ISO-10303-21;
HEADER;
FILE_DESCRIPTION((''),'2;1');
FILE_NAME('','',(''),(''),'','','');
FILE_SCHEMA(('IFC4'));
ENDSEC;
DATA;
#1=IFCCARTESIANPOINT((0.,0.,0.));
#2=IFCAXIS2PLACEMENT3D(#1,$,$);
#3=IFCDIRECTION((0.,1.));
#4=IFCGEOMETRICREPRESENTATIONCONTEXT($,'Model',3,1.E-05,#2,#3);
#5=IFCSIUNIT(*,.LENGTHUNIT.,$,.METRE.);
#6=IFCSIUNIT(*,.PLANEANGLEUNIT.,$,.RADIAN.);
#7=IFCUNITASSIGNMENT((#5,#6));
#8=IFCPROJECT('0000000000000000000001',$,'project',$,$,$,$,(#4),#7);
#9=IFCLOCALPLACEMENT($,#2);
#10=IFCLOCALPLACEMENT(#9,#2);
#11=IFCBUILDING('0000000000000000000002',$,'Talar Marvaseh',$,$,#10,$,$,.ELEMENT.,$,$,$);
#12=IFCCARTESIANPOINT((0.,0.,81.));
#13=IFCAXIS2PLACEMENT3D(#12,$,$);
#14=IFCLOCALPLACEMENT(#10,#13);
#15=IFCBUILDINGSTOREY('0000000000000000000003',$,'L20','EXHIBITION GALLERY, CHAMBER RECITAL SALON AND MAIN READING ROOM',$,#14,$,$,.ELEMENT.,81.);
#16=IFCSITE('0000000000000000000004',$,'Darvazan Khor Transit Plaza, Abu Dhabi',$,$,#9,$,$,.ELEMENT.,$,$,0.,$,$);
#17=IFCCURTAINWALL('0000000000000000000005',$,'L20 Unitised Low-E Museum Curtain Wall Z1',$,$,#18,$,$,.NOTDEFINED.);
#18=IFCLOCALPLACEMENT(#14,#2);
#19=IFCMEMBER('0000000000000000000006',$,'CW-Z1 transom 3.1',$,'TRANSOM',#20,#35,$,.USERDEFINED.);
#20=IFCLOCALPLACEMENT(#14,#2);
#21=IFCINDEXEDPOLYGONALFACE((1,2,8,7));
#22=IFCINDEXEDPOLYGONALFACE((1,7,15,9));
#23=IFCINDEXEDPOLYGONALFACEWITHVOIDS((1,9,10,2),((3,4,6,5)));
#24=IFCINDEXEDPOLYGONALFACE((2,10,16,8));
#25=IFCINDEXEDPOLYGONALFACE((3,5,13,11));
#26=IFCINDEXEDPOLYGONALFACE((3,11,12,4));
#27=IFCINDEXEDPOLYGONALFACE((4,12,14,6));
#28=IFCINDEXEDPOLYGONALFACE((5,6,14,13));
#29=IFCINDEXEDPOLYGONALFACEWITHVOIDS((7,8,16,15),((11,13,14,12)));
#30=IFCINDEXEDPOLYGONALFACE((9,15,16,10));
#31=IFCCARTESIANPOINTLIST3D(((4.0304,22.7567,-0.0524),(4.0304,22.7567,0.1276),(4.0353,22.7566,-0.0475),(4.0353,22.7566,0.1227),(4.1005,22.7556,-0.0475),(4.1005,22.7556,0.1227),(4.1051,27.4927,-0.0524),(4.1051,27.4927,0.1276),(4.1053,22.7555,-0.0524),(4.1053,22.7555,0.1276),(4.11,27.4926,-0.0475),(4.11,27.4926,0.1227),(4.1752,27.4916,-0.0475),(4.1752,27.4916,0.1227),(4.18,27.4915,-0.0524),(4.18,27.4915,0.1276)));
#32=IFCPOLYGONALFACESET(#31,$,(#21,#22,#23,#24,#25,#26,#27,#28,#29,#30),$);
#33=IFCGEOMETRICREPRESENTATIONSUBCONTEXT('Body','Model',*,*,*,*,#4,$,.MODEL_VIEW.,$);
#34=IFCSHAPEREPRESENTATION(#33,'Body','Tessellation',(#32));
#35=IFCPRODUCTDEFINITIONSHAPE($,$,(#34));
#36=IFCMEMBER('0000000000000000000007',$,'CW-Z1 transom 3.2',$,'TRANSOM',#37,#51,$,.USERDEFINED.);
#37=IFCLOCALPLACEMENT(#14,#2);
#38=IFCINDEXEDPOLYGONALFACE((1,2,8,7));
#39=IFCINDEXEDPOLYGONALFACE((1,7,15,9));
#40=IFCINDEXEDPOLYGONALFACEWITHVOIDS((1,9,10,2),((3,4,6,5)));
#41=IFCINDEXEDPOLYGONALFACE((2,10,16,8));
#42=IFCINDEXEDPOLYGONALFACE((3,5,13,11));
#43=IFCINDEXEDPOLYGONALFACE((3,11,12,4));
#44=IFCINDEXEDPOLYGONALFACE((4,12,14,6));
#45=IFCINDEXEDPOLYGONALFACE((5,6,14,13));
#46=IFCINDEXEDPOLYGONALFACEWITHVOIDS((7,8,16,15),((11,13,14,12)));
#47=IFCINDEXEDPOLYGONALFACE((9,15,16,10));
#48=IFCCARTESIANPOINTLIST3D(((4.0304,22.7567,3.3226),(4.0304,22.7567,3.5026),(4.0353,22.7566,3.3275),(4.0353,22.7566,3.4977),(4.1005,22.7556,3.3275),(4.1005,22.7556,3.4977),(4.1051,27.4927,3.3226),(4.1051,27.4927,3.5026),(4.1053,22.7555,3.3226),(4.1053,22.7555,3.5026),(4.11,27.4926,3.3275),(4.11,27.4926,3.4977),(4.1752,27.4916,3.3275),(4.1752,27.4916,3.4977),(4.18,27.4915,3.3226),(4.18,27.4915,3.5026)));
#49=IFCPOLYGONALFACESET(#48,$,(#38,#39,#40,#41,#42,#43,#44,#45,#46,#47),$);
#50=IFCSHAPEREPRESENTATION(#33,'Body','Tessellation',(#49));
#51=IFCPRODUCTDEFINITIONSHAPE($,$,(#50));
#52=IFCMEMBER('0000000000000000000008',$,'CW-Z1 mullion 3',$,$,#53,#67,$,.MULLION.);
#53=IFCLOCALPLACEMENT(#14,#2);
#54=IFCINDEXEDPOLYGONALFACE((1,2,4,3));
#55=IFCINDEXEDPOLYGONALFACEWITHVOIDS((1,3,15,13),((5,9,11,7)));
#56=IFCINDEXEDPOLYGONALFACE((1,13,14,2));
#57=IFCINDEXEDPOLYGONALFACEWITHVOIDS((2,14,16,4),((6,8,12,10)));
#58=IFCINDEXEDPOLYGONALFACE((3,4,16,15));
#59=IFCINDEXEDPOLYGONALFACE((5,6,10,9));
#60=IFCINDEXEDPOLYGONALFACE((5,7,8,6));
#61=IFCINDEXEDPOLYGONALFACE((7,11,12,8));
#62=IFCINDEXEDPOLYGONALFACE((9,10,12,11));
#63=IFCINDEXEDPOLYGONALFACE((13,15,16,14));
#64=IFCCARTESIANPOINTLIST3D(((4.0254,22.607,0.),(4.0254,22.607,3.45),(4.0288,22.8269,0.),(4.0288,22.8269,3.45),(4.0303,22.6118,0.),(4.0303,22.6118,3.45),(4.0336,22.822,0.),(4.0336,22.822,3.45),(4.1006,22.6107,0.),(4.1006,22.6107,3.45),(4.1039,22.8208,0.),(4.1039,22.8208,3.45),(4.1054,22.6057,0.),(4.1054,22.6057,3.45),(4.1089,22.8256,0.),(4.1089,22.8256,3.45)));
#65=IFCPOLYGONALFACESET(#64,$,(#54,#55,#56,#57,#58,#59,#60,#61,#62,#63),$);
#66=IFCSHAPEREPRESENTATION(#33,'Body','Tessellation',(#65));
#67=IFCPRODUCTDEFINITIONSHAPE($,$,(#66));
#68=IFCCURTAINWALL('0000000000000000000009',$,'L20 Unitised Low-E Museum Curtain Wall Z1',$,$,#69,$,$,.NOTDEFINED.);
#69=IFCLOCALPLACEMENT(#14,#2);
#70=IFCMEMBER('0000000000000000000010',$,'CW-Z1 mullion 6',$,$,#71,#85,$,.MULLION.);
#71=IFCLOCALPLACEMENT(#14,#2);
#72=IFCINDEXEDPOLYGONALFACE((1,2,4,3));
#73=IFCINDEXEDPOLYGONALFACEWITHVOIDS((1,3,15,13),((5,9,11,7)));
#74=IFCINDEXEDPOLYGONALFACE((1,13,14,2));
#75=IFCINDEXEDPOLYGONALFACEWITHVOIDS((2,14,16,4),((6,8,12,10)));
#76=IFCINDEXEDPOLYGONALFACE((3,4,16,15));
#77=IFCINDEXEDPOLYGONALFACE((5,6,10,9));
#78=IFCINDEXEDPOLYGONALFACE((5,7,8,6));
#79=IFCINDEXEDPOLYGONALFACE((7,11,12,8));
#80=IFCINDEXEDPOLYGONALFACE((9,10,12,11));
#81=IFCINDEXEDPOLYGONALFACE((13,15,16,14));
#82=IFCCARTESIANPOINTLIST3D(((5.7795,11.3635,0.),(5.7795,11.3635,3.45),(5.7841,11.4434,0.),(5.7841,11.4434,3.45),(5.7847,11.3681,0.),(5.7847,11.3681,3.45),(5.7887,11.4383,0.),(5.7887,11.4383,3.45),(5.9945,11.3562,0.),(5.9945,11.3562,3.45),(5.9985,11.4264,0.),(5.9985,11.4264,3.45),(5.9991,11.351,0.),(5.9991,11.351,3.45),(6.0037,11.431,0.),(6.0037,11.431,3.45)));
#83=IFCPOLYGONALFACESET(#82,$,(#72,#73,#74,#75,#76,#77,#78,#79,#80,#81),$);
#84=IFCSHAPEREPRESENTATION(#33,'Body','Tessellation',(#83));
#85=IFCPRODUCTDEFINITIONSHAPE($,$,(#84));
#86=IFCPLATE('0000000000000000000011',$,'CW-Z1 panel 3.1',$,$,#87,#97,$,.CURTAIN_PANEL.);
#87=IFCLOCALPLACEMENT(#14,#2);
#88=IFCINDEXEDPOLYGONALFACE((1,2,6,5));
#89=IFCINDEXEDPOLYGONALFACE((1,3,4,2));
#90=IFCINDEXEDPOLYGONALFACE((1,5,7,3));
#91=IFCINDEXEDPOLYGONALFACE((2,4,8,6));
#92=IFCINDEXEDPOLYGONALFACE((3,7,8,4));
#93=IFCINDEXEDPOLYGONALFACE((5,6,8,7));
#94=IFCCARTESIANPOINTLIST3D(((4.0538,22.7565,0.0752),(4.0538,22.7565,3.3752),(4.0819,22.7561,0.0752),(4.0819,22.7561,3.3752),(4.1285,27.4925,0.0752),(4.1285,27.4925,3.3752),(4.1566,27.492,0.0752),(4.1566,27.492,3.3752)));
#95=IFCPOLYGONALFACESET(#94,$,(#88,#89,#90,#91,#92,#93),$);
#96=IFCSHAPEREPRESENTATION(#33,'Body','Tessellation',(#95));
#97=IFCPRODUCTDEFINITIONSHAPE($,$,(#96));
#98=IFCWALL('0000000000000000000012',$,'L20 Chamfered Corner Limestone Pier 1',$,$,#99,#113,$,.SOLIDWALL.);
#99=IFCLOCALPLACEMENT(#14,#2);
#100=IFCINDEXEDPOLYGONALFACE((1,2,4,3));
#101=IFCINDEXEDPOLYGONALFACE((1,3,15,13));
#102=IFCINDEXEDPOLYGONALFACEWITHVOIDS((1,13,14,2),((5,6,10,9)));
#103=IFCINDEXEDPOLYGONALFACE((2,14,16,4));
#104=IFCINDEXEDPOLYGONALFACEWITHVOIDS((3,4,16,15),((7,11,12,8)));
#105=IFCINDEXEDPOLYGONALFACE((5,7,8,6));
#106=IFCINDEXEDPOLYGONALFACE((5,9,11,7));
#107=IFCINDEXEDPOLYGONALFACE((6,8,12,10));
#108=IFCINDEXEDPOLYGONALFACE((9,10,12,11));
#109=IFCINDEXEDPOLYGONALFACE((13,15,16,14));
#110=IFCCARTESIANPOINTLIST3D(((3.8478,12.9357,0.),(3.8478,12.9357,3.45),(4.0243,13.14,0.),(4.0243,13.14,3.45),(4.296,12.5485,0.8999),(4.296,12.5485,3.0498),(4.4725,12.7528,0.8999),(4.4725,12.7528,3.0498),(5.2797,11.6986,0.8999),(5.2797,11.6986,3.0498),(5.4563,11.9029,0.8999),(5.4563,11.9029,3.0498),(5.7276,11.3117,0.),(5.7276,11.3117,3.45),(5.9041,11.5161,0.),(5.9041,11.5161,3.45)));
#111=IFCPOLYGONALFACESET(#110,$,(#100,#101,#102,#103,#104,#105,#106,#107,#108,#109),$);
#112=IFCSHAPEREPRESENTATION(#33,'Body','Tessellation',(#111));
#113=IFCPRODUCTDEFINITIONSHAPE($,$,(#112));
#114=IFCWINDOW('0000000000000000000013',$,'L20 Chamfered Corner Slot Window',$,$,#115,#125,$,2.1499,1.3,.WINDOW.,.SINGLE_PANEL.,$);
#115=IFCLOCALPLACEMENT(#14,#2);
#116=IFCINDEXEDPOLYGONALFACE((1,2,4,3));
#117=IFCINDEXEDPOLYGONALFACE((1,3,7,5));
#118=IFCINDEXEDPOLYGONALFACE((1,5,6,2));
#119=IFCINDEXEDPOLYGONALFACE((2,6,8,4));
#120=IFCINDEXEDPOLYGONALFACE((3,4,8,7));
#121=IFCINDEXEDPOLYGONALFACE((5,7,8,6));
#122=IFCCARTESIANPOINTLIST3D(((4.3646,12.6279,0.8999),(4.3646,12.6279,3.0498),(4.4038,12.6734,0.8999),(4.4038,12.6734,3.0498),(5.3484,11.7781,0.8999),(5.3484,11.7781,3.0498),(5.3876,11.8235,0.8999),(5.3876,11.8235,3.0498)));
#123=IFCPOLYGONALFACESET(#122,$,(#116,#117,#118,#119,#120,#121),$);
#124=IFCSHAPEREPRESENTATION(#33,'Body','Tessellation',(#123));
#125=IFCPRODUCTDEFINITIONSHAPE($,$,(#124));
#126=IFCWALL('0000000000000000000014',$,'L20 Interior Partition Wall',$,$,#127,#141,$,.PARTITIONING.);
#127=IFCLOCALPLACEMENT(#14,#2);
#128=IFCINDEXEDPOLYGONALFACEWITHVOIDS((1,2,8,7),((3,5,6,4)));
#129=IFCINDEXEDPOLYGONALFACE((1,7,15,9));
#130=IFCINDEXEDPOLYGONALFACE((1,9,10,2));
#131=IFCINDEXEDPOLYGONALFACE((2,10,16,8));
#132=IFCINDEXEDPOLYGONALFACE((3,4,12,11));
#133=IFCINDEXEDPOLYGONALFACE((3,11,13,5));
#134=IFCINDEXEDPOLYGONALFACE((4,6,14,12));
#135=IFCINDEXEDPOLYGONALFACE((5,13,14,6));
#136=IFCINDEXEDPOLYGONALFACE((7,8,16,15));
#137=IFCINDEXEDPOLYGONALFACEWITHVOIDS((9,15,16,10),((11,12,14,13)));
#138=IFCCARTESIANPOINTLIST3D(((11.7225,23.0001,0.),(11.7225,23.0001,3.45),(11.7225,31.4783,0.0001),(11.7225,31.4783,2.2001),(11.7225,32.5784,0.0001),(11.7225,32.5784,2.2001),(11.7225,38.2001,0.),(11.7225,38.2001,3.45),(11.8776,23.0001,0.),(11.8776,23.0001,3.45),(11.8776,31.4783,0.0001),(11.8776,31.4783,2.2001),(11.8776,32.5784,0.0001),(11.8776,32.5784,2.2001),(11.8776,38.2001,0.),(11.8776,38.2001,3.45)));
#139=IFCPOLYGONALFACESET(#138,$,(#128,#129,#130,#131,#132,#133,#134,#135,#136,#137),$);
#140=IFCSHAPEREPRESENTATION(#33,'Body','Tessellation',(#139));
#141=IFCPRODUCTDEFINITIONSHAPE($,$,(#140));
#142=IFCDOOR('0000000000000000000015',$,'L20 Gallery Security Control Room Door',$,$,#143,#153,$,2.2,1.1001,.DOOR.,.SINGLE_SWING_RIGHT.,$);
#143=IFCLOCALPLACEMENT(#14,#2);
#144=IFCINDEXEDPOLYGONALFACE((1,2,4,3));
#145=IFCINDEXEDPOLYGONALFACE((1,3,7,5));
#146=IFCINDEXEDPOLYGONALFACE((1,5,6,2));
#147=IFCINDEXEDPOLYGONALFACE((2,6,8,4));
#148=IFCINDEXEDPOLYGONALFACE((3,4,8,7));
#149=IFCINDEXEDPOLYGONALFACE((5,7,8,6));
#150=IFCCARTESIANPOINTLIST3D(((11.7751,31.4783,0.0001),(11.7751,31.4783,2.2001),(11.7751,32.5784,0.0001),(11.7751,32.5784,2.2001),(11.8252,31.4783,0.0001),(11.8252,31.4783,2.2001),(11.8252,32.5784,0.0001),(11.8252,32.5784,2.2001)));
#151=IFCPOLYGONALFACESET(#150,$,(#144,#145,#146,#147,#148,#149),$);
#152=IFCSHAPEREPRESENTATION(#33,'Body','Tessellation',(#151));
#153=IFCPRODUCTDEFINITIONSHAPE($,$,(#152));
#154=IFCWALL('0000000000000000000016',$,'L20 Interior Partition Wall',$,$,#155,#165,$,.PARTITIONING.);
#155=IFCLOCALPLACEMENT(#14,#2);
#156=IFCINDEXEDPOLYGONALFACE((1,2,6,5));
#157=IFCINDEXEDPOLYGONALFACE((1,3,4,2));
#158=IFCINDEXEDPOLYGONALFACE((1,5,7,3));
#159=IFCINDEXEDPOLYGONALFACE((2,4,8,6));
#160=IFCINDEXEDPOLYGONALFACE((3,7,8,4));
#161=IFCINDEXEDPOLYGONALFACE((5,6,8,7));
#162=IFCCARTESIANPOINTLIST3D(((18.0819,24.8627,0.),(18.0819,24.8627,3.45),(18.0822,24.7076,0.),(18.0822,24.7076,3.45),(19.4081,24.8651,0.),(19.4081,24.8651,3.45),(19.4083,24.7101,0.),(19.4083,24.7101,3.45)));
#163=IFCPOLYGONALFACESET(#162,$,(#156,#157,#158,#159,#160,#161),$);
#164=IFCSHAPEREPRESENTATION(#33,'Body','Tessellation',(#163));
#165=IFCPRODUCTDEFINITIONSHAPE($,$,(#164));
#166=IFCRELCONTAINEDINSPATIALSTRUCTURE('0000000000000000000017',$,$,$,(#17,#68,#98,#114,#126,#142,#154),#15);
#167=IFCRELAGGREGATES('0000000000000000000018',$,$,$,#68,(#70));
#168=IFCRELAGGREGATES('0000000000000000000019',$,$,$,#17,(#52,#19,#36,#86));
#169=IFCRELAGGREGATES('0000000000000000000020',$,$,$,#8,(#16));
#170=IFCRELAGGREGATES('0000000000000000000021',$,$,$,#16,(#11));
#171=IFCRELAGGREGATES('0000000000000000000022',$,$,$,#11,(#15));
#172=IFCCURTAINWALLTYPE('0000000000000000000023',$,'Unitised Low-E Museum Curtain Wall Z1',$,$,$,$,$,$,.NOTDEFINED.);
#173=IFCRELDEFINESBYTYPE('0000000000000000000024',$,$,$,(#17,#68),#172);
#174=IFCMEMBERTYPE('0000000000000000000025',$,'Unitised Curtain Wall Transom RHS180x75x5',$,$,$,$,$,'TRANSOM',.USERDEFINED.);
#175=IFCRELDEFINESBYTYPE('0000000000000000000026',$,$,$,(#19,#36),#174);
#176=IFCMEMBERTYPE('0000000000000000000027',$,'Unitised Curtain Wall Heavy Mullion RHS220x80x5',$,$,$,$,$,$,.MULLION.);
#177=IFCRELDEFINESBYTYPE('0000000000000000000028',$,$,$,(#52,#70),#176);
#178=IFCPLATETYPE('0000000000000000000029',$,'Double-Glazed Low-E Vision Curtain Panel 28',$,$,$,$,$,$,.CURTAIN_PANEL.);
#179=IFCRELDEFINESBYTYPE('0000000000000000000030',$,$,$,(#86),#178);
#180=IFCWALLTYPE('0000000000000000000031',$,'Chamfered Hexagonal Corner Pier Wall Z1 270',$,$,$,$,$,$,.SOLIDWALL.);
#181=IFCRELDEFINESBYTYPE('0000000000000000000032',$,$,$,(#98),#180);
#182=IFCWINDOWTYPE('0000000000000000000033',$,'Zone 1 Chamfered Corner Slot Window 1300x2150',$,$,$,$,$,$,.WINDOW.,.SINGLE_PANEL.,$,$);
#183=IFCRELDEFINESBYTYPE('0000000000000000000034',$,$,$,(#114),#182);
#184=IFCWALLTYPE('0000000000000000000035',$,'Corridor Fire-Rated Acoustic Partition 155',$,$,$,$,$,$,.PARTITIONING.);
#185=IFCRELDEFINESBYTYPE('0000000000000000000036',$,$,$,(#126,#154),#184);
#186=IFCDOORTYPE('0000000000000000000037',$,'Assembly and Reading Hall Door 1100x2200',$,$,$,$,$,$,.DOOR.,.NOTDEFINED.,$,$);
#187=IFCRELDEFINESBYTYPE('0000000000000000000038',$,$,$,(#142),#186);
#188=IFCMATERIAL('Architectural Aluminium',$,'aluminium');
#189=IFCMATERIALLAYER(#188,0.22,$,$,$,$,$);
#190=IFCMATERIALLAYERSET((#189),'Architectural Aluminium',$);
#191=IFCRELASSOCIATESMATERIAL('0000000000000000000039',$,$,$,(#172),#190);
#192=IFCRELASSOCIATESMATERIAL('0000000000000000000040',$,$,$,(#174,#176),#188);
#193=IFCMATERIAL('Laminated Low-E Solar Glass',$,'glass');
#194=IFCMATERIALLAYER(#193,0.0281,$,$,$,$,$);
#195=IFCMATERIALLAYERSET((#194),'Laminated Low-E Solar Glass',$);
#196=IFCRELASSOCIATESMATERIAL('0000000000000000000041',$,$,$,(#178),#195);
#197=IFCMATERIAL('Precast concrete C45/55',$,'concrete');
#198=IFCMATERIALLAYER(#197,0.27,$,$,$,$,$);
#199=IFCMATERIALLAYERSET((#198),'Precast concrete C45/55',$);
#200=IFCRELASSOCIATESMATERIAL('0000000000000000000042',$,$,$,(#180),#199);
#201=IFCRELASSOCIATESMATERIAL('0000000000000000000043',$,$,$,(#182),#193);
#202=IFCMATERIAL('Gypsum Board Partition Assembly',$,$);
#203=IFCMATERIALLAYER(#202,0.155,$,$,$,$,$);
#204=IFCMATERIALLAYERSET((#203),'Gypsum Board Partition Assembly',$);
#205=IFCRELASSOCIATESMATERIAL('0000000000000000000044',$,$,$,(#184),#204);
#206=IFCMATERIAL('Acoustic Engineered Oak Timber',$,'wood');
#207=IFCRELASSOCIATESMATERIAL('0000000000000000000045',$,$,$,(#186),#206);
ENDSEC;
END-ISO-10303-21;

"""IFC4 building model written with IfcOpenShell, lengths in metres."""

from ifc_helpers import new_model, si_unit, direction, frame, frame_2d, origin, origin_2d, place, context, subcontext, project, spatial, rectangle, hollow_rectangle, extrude, source, transform, mapped, material, layer, layer_set, material_profile, profile_set, type_object, type_shapes, element, fill, aggregate, save


model = new_model("IFC4")

# Units and contexts
model_context = context("Model", 3, precision=1e-05, world=origin(), true_north=direction((0.0, 1.0)))
body_context = subcontext(model_context, "Body", "Model", "MODEL_VIEW")
ifc_project = project(units=[si_unit("LENGTHUNIT", "METRE"), si_unit("PLANEANGLEUNIT", "RADIAN")], contexts=[model_context])

# Site, building, storey
site_placement = place(None, origin())
site = spatial("IfcSite", under=ifc_project, at=site_placement, Name="Darvazan Khor Transit Plaza, Abu Dhabi", CompositionType="ELEMENT", RefElevation=0.0)
building_placement = place(site_placement, origin())
building = spatial("IfcBuilding", under=site, at=building_placement, Name="Talar Marvaseh", CompositionType="ELEMENT")
storey_placement = place(building_placement, frame((0.0, 0.0, 81.0)))
storey = spatial("IfcBuildingStorey", under=building, at=storey_placement, Name="L20", Description="EXHIBITION GALLERY, CHAMBER RECITAL SALON AND MAIN READING ROOM", CompositionType="ELEMENT", Elevation=81.0)

# Curtain wall, members
ifc_material_1 = material(Name="Architectural Aluminium", Category="aluminium")
ifc_layer_1 = layer(ifc_material_1, 0.22)
ifc_layer_set_1 = layer_set([ifc_layer_1], Name="Architectural Aluminium")
curtain_wall_type = type_object("IfcCurtainWallType", Name="Unitised Low-E Museum Curtain Wall Z1", PredefinedType="NOTDEFINED", material=ifc_layer_set_1)
curtain_wall_1_placement = place(storey_placement, origin())
curtain_wall_1 = element("IfcCurtainWall", 1, at=curtain_wall_1_placement, inside=storey, type_object=curtain_wall_type, Name="L20 Unitised Low-E Museum Curtain Wall Z1", PredefinedType="NOTDEFINED")
ifc_material_profile_1 = material_profile(ifc_material_1, hollow_rectangle(XDim=0.075, YDim=0.1799, WallThickness=0.0049, at=origin_2d()), Name="RHS180x75x5")
ifc_profile_set_1 = profile_set([ifc_material_profile_1], Name="Architectural Aluminium")
member_type_1 = type_object("IfcMemberType", Name="Unitised Curtain Wall Transom RHS180x75x5", ElementType="TRANSOM", PredefinedType="USERDEFINED", material=ifc_profile_set_1)
shared_shape_1 = source(origin(), body_context, "Body", "SweptSolid", [
    extrude(hollow_rectangle(XDim=0.075, YDim=0.1799, WallThickness=0.0049, at=origin_2d()), origin(), (0.0, 0.0, 1.0), 4.7366),
])
type_shapes(member_type_1, [shared_shape_1])
member_1_placement = place(storey_placement, frame((4.0679, 22.7561, 0.0376), z_axis=(0.015772, 0.999876, 0.0), x_axis=(-0.999876, 0.015772, 0.0)))
member_1 = element("IfcMember", 2, at=member_1_placement, type_object=member_type_1, Name="CW-Z1 transom 3.1", ObjectType="TRANSOM", PredefinedType="USERDEFINED", context=body_context, shape_type="MappedRepresentation", body=[
    mapped(shared_shape_1, transform((0.0, 0.0, 0.0), x_axis=(1.0, 0.0, 0.0), y_axis=(0.0, 1.0, 0.0), z_axis=(0.0, 0.0, 1.0), scale=1.0)),
])
member_2_placement = place(storey_placement, frame((4.0679, 22.7561, 3.4126), z_axis=(0.015772, 0.999876, 0.0), x_axis=(-0.999876, 0.015772, 0.0)))
member_2 = element("IfcMember", 3, at=member_2_placement, type_object=member_type_1, Name="CW-Z1 transom 3.2", ObjectType="TRANSOM", PredefinedType="USERDEFINED", context=body_context, shape_type="MappedRepresentation", body=[
    mapped(shared_shape_1, transform((0.0, 0.0, 0.0), x_axis=(1.0, 0.0, 0.0), y_axis=(0.0, 1.0, 0.0), z_axis=(0.0, 0.0, 1.0), scale=1.0)),
])
ifc_material_profile_2 = material_profile(ifc_material_1, hollow_rectangle(XDim=0.0801, YDim=0.22, WallThickness=0.0049, at=origin_2d()), Name="RHS220x80x5")
ifc_profile_set_2 = profile_set([ifc_material_profile_2], Name="Architectural Aluminium")
member_type_2 = type_object("IfcMemberType", Name="Unitised Curtain Wall Heavy Mullion RHS220x80x5", PredefinedType="MULLION", material=ifc_profile_set_2)
shared_shape_2 = source(origin(), body_context, "Body", "SweptSolid", [
    extrude(hollow_rectangle(XDim=0.0801, YDim=0.22, WallThickness=0.0049, at=origin_2d()), origin(), (0.0, 0.0, 1.0), 3.45),
])
type_shapes(member_type_2, [shared_shape_2])
member_3_placement = place(storey_placement, frame((4.0671, 22.7163, 0.0), z_axis=(0.0, 0.0, 1.0), x_axis=(-0.999876, 0.015774, 0.0)))
member_3 = element("IfcMember", 4, at=member_3_placement, type_object=member_type_2, Name="CW-Z1 mullion 3", PredefinedType="MULLION", context=body_context, shape_type="MappedRepresentation", body=[
    mapped(shared_shape_2, transform((0.0, 0.0, 0.0), x_axis=(1.0, 0.0, 0.0), y_axis=(0.0, 1.0, 0.0), z_axis=(0.0, 0.0, 1.0), scale=1.0)),
])

# Curtain wall, member
curtain_wall_2_placement = place(storey_placement, origin())
curtain_wall_2 = element("IfcCurtainWall", 5, at=curtain_wall_2_placement, inside=storey, type_object=curtain_wall_type, Name="L20 Unitised Low-E Museum Curtain Wall Z1", PredefinedType="NOTDEFINED")
member_4_placement = place(storey_placement, frame((5.8916, 11.3972, 0.0), z_axis=(0.0, 0.0, 1.0), x_axis=(-0.056537, -0.998401, 0.0)))
member_4 = element("IfcMember", 6, at=member_4_placement, type_object=member_type_2, Name="CW-Z1 mullion 6", PredefinedType="MULLION", context=body_context, shape_type="MappedRepresentation", body=[
    mapped(shared_shape_2, transform((0.0, 0.0, 0.0), x_axis=(1.0, 0.0, 0.0), y_axis=(0.0, 1.0, 0.0), z_axis=(0.0, 0.0, 1.0), scale=1.0)),
])
aggregate(curtain_wall_2, [member_4])

# Plate
ifc_material_2 = material(Name="Laminated Low-E Solar Glass", Category="glass")
ifc_layer_2 = layer(ifc_material_2, 0.0281)
ifc_layer_set_2 = layer_set([ifc_layer_2], Name="Laminated Low-E Solar Glass")
plate_type = type_object("IfcPlateType", Name="Double-Glazed Low-E Vision Curtain Panel 28", PredefinedType="CURTAIN_PANEL", material=ifc_layer_set_2)
shared_shape_3 = source(origin(), body_context, "Body", "SweptSolid", [
    extrude(rectangle(XDim=4.7366, YDim=0.0281, at=origin_2d()), origin(), (0.0, 0.0, 1.0), 3.3),
])
type_shapes(plate_type, [shared_shape_3])
plate_placement = place(storey_placement, frame((4.1052, 25.1243, 0.0752), z_axis=(0.0, 0.0, 1.0), x_axis=(0.015774, 0.999876, 0.0)))
plate = element("IfcPlate", 7, at=plate_placement, type_object=plate_type, Name="CW-Z1 panel 3.1", PredefinedType="CURTAIN_PANEL", context=body_context, shape_type="MappedRepresentation", body=[
    mapped(shared_shape_3, transform((0.0, 0.0, 0.0), x_axis=(1.0, 0.0, 0.0), y_axis=(0.0, 1.0, 0.0), z_axis=(0.0, 0.0, 1.0), scale=1.0)),
])
aggregate(curtain_wall_1, [member_3, member_1, member_2, plate])

# Wall, opening, window
ifc_material_3 = material(Name="Precast concrete C45/55", Category="concrete")
ifc_layer_3 = layer(ifc_material_3, 0.27)
ifc_layer_set_3 = layer_set([ifc_layer_3], Name="Precast concrete C45/55")
wall_type_1 = type_object("IfcWallType", Name="Chamfered Hexagonal Corner Pier Wall Z1 270", PredefinedType="SOLIDWALL", material=ifc_layer_set_3)
wall_1_placement = place(storey_placement, frame((5.8159, 11.4138, 0.0), z_axis=(0.0, 0.0, 1.0), x_axis=(-0.756726, 0.653732, 0.0)))
wall_1 = element("IfcWall", 8, at=wall_1_placement, inside=storey, type_object=wall_type_1, Name="L20 Chamfered Corner Limestone Pier 1", PredefinedType="SOLIDWALL", context=body_context, shape_type="SweptSolid", body=[
    extrude(rectangle(XDim=2.4841, YDim=0.27, at=frame_2d((1.2422, 0.0))), origin(), (0.0, 0.0, 1.0), 3.45),
])
opening_1_placement = place(wall_1_placement, frame((0.592, 0.0, 0.8999)))
opening_1 = element("IfcOpeningElement", 9, at=opening_1_placement, cuts=wall_1, PredefinedType="OPENING", context=body_context, shape_type="SweptSolid", body=[
    extrude(rectangle(XDim=1.3, YDim=2.1499, at=frame_2d((0.6499, 1.075))), frame((0.0, 0.145, 0.0), z_axis=(0.0, -1.0, 0.0), x_axis=(1.0, 0.0, 0.0)), (0.0, 0.0, 1.0), 0.29),
])
window_type = type_object("IfcWindowType", Name="Zone 1 Chamfered Corner Slot Window 1300x2150", PartitioningType="SINGLE_PANEL", PredefinedType="WINDOW", material=ifc_material_2)
shared_shape_4 = source(origin(), body_context, "Body", "SweptSolid", [
    extrude(rectangle(XDim=1.3, YDim=2.1499, at=frame_2d((0.6499, 1.075))), frame((0.0, 0.03, 0.0), z_axis=(0.0, -1.0, 0.0), x_axis=(1.0, 0.0, 0.0)), (0.0, 0.0, 1.0), 0.0601),
])
type_shapes(window_type, [shared_shape_4])
window_placement = place(opening_1_placement, origin())
window = element("IfcWindow", 10, at=window_placement, inside=storey, type_object=window_type, Name="L20 Chamfered Corner Slot Window", OverallHeight=2.1499, OverallWidth=1.3, PartitioningType="SINGLE_PANEL", PredefinedType="WINDOW", context=body_context, shape_type="MappedRepresentation", body=[
    mapped(shared_shape_4, transform((0.0, 0.0, 0.0), x_axis=(1.0, 0.0, 0.0), y_axis=(0.0, 1.0, 0.0), z_axis=(0.0, 0.0, 1.0), scale=1.0)),
])
fill(opening_1, window)

# Wall, opening, door
ifc_material_4 = material(Name="Gypsum Board Partition Assembly")
ifc_layer_4 = layer(ifc_material_4, 0.155)
ifc_layer_set_4 = layer_set([ifc_layer_4], Name="Gypsum Board Partition Assembly")
wall_type_2 = type_object("IfcWallType", Name="Corridor Fire-Rated Acoustic Partition 155", PredefinedType="PARTITIONING", material=ifc_layer_set_4)
wall_2_placement = place(storey_placement, frame((11.8, 23.0, 0.0), z_axis=(0.0, 0.0, 1.0), x_axis=(0.0, 1.0, 0.0)))
wall_2 = element("IfcWall", 11, at=wall_2_placement, inside=storey, type_object=wall_type_2, Name="L20 Interior Partition Wall", PredefinedType="PARTITIONING", context=body_context, shape_type="SweptSolid", body=[
    extrude(rectangle(XDim=15.2, YDim=0.155, at=frame_2d((7.6001, 0.0))), origin(), (0.0, 0.0, 1.0), 3.45),
])
opening_2_placement = place(wall_2_placement, frame((8.4783, 0.0, 0.0)))
opening_2 = element("IfcOpeningElement", 12, at=opening_2_placement, cuts=wall_2, PredefinedType="OPENING", context=body_context, shape_type="SweptSolid", body=[
    extrude(rectangle(XDim=1.1001, YDim=2.2, at=frame_2d((0.55, 1.1001))), frame((0.0, 0.0874, 0.0), z_axis=(0.0, -1.0, 0.0), x_axis=(1.0, 0.0, 0.0)), (0.0, 0.0, 1.0), 0.175),
])
ifc_material_5 = material(Name="Acoustic Engineered Oak Timber", Category="wood")
door_type = type_object("IfcDoorType", Name="Assembly and Reading Hall Door 1100x2200", OperationType="NOTDEFINED", PredefinedType="DOOR", material=ifc_material_5)
shared_shape_5 = source(origin(), body_context, "Body", "SweptSolid", [
    extrude(rectangle(XDim=1.1001, YDim=2.2, at=frame_2d((0.55, 1.1001))), frame((0.0, 0.0249, 0.0), z_axis=(0.0, -1.0, 0.0), x_axis=(1.0, 0.0, 0.0)), (0.0, 0.0, 1.0), 0.05),
])
type_shapes(door_type, [shared_shape_5])
door_placement = place(opening_2_placement, origin())
door = element("IfcDoor", 13, at=door_placement, inside=storey, type_object=door_type, Name="L20 Gallery Security Control Room Door", OperationType="SINGLE_SWING_RIGHT", OverallHeight=2.2, OverallWidth=1.1001, PredefinedType="DOOR", context=body_context, shape_type="MappedRepresentation", body=[
    mapped(shared_shape_5, transform((0.0, 0.0, 0.0), x_axis=(1.0, 0.0, 0.0), y_axis=(0.0, 1.0, 0.0), z_axis=(0.0, 0.0, 1.0), scale=1.0)),
])
fill(opening_2, door)

# Wall
wall_3_placement = place(storey_placement, frame((18.082, 24.7852, 0.0), z_axis=(0.0, 0.0, 1.0), x_axis=(0.999998, 0.001841, 0.0)))
element("IfcWall", 14, at=wall_3_placement, inside=storey, type_object=wall_type_2, Name="L20 Interior Partition Wall", PredefinedType="PARTITIONING", context=body_context, shape_type="SweptSolid", body=[
    extrude(rectangle(XDim=1.3262, YDim=0.155, at=frame_2d((0.6631, 0.0))), origin(), (0.0, 0.0, 1.0), 3.45),
])

save(model, "model.ifc")
